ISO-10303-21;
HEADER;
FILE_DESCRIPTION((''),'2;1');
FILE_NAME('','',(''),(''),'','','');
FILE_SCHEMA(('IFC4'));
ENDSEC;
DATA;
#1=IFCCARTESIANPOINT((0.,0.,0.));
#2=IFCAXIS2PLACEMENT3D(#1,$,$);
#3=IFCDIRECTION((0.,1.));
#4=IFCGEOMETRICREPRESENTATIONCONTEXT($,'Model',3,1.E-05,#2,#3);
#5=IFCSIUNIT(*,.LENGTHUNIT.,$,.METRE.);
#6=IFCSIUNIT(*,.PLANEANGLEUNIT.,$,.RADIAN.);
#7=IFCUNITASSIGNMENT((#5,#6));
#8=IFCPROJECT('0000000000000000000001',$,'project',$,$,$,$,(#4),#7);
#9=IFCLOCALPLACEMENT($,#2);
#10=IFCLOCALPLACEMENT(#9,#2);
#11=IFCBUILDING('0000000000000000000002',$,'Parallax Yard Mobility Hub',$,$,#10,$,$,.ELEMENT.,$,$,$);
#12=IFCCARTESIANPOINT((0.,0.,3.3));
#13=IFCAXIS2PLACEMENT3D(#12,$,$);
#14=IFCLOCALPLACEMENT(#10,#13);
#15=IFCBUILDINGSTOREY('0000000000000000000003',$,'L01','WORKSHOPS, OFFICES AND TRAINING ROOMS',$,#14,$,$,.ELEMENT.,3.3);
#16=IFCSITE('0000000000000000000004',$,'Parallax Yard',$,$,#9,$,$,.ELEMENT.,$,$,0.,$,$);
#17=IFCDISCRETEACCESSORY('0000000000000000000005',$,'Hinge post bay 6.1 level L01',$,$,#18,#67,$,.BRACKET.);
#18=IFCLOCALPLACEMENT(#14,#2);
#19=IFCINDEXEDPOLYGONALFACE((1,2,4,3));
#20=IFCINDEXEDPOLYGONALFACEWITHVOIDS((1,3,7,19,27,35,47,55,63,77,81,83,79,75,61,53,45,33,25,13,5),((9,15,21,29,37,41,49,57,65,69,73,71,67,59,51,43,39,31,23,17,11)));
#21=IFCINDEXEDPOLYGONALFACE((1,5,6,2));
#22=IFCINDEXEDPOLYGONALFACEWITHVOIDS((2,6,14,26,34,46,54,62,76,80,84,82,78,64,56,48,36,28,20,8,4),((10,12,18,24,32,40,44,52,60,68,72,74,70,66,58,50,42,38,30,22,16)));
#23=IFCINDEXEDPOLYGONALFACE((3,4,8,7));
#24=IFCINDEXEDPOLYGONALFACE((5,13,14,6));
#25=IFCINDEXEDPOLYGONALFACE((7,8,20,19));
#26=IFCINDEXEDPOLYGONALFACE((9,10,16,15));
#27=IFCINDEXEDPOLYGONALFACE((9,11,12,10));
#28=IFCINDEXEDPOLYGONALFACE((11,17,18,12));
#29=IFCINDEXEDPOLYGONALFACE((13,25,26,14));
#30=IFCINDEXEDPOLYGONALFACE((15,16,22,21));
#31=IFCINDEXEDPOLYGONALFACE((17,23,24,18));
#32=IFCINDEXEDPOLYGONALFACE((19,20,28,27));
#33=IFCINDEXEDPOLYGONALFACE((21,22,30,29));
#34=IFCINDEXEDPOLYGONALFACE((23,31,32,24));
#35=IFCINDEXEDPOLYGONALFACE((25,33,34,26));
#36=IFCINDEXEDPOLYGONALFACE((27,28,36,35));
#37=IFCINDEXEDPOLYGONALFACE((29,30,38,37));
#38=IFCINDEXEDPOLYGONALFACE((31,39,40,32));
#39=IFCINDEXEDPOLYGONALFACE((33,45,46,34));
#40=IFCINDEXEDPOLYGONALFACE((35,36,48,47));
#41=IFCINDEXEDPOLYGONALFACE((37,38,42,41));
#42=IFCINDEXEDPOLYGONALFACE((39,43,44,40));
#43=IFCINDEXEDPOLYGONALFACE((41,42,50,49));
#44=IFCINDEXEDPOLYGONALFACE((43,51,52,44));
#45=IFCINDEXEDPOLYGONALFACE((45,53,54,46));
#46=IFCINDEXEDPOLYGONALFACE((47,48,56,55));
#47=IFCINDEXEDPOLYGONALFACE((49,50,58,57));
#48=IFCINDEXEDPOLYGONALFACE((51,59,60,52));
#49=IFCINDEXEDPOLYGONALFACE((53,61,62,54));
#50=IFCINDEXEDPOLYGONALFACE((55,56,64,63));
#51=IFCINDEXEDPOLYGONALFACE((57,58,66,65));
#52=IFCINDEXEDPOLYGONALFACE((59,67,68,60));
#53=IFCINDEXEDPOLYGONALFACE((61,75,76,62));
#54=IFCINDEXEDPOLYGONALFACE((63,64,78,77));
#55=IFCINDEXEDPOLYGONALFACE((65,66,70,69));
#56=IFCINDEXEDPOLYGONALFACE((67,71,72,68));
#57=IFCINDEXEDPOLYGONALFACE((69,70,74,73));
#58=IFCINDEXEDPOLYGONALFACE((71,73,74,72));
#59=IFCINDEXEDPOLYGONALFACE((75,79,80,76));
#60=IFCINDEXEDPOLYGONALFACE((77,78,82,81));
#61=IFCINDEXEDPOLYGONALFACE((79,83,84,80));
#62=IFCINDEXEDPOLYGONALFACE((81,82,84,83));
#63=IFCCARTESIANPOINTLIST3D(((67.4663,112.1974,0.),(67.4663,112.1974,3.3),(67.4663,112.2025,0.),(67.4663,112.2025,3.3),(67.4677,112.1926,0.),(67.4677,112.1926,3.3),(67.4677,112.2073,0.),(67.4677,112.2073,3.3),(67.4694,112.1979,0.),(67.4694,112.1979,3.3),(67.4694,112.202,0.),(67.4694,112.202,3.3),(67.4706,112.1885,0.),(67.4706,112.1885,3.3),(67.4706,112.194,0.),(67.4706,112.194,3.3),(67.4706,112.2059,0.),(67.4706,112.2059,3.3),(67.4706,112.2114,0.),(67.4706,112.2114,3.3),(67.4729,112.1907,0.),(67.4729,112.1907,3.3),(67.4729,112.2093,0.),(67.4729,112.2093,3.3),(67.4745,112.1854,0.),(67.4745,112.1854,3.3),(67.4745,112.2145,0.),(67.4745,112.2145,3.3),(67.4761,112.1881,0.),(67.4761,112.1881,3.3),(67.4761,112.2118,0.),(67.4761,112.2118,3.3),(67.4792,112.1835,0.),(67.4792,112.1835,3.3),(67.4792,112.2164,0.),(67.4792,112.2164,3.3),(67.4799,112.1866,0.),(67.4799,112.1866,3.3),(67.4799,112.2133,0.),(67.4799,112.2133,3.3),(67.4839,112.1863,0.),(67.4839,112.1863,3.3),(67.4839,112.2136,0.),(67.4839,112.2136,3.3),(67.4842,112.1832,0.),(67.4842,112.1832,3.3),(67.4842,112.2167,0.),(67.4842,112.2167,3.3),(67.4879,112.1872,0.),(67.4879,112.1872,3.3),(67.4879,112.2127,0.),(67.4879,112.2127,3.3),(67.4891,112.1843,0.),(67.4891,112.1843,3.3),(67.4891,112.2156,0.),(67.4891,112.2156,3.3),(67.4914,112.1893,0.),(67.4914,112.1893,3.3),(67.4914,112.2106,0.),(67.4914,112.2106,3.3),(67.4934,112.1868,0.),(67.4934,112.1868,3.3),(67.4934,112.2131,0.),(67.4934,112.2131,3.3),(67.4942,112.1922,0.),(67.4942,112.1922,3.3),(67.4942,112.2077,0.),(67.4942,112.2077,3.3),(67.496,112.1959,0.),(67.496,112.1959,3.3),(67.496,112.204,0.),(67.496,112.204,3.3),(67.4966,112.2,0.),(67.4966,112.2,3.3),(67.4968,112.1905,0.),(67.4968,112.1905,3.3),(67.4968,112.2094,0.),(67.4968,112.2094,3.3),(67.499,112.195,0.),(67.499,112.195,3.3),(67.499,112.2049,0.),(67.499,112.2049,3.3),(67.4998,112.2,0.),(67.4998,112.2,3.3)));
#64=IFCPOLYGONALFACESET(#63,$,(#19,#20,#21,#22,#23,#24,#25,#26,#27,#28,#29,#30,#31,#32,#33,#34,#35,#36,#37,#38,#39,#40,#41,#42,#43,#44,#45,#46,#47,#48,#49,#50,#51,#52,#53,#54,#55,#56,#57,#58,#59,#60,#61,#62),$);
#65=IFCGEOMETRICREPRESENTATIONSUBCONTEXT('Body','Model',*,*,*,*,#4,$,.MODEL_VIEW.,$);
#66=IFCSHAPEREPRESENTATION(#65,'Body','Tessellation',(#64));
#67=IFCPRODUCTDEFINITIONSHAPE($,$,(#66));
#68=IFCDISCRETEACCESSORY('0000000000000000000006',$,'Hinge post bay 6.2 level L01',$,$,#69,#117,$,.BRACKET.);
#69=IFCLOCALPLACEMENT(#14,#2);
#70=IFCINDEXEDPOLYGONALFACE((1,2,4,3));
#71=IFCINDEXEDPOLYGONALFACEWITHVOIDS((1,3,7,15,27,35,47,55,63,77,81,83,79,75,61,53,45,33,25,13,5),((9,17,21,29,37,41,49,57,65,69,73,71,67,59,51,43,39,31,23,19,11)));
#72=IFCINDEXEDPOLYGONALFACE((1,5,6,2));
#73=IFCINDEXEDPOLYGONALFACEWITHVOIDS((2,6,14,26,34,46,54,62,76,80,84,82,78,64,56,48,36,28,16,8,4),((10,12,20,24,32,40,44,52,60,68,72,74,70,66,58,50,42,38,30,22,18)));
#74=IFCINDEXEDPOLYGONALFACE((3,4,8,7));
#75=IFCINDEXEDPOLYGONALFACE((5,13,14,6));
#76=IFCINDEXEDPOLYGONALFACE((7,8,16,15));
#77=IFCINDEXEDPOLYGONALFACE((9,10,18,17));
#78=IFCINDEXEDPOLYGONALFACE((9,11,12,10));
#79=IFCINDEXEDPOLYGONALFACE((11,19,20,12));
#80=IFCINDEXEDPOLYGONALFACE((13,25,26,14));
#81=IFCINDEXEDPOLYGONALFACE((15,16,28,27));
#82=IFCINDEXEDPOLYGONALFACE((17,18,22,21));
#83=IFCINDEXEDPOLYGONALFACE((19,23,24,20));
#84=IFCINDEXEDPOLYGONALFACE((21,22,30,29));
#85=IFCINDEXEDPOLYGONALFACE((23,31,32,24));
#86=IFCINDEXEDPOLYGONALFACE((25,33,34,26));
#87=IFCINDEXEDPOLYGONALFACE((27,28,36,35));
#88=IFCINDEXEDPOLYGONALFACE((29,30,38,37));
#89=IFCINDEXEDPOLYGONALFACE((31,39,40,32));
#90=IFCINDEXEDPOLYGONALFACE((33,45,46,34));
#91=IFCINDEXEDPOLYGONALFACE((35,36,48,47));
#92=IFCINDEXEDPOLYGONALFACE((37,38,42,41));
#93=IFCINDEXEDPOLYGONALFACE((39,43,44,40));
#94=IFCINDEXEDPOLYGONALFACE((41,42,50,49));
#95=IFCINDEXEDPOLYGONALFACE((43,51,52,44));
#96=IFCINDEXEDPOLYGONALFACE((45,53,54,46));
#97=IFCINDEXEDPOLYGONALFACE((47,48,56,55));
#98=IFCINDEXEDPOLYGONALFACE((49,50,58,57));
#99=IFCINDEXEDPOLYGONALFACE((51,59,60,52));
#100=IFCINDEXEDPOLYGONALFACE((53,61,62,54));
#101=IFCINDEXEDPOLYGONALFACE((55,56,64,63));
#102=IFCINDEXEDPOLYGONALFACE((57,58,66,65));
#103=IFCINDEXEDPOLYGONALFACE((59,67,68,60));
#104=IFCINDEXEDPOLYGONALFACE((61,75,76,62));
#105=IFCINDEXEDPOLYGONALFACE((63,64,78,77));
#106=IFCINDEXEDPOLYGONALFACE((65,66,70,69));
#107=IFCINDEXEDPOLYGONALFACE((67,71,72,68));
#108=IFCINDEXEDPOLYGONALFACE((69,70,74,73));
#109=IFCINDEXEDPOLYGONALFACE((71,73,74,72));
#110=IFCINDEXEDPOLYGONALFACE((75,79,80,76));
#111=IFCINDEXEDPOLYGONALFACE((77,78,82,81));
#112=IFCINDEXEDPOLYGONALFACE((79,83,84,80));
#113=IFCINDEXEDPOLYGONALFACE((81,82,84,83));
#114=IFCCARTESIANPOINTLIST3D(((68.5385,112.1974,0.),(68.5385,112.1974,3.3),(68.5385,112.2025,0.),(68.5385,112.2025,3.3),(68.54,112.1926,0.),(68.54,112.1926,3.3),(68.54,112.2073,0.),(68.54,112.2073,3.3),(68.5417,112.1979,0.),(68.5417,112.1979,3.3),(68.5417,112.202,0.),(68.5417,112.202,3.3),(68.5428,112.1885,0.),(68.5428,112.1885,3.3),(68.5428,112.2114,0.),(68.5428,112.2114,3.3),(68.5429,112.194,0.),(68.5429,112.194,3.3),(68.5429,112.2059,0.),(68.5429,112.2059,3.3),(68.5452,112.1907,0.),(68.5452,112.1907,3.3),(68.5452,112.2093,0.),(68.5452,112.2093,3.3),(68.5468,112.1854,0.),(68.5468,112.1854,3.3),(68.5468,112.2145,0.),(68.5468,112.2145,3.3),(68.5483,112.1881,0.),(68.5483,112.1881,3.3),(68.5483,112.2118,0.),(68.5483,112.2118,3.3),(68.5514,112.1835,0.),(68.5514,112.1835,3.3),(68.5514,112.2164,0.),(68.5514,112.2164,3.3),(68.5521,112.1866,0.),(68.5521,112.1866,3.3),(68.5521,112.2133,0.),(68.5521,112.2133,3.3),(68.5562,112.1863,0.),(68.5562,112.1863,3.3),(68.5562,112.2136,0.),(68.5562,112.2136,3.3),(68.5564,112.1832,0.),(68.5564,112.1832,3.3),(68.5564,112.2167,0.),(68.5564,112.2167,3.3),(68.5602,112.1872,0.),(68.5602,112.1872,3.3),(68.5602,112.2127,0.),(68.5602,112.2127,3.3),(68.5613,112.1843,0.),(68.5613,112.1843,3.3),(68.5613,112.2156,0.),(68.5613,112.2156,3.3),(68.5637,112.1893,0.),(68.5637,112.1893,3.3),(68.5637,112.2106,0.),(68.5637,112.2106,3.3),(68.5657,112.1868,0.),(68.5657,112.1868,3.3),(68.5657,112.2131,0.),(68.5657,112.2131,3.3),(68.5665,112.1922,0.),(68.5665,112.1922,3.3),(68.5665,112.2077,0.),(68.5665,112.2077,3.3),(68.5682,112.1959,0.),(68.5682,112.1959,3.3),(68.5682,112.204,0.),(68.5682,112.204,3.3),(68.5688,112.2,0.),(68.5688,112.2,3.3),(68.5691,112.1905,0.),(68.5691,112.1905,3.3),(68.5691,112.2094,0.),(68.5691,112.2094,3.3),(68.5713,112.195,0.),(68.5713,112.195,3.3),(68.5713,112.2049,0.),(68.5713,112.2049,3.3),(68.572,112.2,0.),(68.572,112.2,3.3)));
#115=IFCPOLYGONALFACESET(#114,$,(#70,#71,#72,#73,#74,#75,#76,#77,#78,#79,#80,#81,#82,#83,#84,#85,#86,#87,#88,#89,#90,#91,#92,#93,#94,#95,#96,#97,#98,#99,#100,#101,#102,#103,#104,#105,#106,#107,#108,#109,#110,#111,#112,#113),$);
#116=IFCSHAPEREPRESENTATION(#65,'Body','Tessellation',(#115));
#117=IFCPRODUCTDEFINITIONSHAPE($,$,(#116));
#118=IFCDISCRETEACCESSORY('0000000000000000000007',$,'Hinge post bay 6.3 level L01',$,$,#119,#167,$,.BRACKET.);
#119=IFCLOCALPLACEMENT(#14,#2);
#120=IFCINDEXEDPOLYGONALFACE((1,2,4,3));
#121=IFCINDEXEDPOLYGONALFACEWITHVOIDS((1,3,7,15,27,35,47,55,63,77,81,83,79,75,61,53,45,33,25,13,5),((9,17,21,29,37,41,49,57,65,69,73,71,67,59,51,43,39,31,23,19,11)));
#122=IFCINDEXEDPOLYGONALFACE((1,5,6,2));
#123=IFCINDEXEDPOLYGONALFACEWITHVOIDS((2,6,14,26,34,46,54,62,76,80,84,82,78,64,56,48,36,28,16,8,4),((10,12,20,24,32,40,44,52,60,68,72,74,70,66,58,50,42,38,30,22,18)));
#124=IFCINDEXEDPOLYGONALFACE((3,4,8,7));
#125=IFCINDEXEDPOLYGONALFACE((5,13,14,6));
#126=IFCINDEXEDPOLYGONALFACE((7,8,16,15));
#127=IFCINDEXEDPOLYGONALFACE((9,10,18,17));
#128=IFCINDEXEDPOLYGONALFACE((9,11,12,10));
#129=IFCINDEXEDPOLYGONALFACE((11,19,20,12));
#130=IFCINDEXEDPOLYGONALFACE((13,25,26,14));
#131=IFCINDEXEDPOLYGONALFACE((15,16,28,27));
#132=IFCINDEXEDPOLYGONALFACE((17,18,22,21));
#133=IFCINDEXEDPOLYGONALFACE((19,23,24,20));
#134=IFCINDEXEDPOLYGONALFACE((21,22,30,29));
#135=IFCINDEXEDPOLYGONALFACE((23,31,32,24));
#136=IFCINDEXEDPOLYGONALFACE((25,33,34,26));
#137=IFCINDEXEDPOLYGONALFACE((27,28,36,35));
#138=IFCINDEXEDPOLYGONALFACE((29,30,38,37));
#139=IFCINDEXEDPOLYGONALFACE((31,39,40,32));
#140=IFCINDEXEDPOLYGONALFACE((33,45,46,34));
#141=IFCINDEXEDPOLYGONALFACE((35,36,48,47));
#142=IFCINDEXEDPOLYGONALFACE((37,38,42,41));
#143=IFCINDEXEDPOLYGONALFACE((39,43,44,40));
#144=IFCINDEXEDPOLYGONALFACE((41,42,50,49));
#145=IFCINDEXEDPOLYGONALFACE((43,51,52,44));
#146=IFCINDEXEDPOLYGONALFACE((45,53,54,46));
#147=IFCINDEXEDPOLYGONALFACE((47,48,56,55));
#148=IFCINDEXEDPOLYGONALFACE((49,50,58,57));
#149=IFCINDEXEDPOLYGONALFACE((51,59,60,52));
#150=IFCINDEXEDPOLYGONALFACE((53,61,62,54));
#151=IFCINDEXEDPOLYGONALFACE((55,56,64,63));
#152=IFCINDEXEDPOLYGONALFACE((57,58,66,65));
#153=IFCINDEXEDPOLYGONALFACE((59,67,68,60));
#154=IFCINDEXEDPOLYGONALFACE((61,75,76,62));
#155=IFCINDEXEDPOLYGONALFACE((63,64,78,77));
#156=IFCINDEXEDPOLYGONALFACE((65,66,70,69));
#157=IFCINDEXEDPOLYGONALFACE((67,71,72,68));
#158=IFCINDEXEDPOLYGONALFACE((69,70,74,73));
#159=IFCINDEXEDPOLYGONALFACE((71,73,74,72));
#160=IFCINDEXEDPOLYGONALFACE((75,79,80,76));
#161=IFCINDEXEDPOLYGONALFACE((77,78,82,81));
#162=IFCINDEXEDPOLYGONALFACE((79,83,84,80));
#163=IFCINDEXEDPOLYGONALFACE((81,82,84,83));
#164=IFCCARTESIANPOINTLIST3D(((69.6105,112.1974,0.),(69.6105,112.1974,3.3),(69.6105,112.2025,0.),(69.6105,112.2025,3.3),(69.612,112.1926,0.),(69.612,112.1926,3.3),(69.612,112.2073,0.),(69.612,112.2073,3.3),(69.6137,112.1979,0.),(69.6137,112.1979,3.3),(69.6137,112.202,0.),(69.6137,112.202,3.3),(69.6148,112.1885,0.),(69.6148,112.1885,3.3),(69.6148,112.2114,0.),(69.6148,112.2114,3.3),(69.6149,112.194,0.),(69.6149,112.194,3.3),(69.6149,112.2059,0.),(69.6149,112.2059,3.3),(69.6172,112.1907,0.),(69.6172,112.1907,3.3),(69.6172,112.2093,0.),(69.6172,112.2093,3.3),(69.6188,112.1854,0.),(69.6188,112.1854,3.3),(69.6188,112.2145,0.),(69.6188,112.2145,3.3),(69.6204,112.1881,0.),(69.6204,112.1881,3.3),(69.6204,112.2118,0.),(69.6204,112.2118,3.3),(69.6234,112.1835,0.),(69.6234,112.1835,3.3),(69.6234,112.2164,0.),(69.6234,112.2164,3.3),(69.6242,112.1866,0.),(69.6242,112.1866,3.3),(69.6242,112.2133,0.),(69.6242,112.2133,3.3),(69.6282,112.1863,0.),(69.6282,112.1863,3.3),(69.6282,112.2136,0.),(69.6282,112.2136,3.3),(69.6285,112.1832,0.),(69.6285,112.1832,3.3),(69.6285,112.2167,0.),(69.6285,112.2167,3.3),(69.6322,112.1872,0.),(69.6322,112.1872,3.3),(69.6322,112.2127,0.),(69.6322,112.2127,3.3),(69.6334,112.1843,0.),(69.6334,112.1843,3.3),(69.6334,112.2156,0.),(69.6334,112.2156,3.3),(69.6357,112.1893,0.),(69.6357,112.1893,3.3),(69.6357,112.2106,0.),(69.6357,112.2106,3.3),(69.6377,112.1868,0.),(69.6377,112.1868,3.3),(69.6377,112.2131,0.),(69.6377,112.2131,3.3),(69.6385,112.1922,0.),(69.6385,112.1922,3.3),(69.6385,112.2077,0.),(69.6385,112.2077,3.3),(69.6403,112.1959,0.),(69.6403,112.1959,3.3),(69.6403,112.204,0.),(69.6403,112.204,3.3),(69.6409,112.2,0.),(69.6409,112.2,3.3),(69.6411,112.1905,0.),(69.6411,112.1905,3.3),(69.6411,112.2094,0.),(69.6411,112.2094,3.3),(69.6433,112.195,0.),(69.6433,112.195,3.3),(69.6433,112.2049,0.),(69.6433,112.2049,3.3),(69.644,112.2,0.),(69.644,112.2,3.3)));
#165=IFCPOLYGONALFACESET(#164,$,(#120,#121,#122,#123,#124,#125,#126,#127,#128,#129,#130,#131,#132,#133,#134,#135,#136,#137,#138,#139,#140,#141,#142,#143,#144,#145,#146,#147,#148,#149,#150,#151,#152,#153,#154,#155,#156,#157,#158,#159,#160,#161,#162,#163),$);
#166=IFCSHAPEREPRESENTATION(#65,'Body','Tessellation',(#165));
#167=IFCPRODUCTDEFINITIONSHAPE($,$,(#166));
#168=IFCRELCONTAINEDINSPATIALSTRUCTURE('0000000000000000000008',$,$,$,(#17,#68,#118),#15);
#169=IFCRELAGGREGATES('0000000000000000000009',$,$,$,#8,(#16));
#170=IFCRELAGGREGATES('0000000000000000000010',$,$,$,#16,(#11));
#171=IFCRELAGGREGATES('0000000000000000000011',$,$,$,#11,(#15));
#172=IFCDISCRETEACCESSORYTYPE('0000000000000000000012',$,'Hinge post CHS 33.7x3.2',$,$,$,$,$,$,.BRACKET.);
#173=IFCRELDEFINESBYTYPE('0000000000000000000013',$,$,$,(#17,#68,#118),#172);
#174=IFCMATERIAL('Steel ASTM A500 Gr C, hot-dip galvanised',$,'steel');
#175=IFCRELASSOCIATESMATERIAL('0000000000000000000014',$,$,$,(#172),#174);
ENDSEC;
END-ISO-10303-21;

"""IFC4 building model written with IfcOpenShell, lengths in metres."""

from ifc_helpers import new_model, si_unit, direction, frame, origin, origin_2d, place, context, subcontext, project, spatial, hollow_circle, extrude, material, material_profile, profile_set, type_object, element, save


model = new_model("IFC4")

# Units and contexts
model_context = context("Model", 3, precision=1e-05, world=origin(), true_north=direction((0.0, 1.0)))
body_context = subcontext(model_context, "Body", "Model", "MODEL_VIEW")
ifc_project = project(units=[si_unit("LENGTHUNIT", "METRE"), si_unit("PLANEANGLEUNIT", "RADIAN")], contexts=[model_context])

# Site, building, storey
site_placement = place(None, origin())
site = spatial("IfcSite", under=ifc_project, at=site_placement, Name="Parallax Yard", CompositionType="ELEMENT", RefElevation=0.0)
building_placement = place(site_placement, origin())
building = spatial("IfcBuilding", under=site, at=building_placement, Name="Parallax Yard Mobility Hub", CompositionType="ELEMENT")
storey_placement = place(building_placement, frame((0.0, 0.0, 3.3)))
storey = spatial("IfcBuildingStorey", under=building, at=storey_placement, Name="L01", Description="WORKSHOPS, OFFICES AND TRAINING ROOMS", CompositionType="ELEMENT", Elevation=3.3)

# Discrete accessories
ifc_material_1 = material(Name="Steel ASTM A500 Gr C, hot-dip galvanised", Category="steel")
ifc_material_profile_1 = material_profile(ifc_material_1, hollow_circle(Radius=0.0168, WallThickness=0.0032, at=origin_2d()), Name="CHS 33.7x3.2")
ifc_profile_set_1 = profile_set([ifc_material_profile_1], Name="Steel ASTM A500 Gr C, hot-dip galvanised")
discrete_accessory_type_1 = type_object("IfcDiscreteAccessoryType", Name="Hinge post CHS 33.7x3.2", PredefinedType="BRACKET", material=ifc_profile_set_1)
for number, where, z_axis, x_axis, name in (
    (1, (67.4829, 112.2, 0.0), (0.0, 0.0, 1.0), (1.0, 0.0, 0.0), "Hinge post bay 6.1 level L01"),
    (2, (68.5552, 112.2, 0.0), (0.0, 0.0, 1.0), (1.0, 0.0, 0.0), "Hinge post bay 6.2 level L01"),
    (3, (69.6272, 112.2, 0.0), (0.0, 0.0, 1.0), (1.0, 0.0, 0.0), "Hinge post bay 6.3 level L01"),
):
    element("IfcDiscreteAccessory", number, at=place(storey_placement, frame(where, z_axis=z_axis, x_axis=x_axis)), inside=storey, type_object=discrete_accessory_type_1, Name=name, PredefinedType="BRACKET", context=body_context, shape_type="SweptSolid", body=[
        extrude(hollow_circle(Radius=0.0168, WallThickness=0.0032, at=origin_2d()), origin(), (0.0, 0.0, 1.0), 3.3),
    ])

save(model, "model.ifc")
